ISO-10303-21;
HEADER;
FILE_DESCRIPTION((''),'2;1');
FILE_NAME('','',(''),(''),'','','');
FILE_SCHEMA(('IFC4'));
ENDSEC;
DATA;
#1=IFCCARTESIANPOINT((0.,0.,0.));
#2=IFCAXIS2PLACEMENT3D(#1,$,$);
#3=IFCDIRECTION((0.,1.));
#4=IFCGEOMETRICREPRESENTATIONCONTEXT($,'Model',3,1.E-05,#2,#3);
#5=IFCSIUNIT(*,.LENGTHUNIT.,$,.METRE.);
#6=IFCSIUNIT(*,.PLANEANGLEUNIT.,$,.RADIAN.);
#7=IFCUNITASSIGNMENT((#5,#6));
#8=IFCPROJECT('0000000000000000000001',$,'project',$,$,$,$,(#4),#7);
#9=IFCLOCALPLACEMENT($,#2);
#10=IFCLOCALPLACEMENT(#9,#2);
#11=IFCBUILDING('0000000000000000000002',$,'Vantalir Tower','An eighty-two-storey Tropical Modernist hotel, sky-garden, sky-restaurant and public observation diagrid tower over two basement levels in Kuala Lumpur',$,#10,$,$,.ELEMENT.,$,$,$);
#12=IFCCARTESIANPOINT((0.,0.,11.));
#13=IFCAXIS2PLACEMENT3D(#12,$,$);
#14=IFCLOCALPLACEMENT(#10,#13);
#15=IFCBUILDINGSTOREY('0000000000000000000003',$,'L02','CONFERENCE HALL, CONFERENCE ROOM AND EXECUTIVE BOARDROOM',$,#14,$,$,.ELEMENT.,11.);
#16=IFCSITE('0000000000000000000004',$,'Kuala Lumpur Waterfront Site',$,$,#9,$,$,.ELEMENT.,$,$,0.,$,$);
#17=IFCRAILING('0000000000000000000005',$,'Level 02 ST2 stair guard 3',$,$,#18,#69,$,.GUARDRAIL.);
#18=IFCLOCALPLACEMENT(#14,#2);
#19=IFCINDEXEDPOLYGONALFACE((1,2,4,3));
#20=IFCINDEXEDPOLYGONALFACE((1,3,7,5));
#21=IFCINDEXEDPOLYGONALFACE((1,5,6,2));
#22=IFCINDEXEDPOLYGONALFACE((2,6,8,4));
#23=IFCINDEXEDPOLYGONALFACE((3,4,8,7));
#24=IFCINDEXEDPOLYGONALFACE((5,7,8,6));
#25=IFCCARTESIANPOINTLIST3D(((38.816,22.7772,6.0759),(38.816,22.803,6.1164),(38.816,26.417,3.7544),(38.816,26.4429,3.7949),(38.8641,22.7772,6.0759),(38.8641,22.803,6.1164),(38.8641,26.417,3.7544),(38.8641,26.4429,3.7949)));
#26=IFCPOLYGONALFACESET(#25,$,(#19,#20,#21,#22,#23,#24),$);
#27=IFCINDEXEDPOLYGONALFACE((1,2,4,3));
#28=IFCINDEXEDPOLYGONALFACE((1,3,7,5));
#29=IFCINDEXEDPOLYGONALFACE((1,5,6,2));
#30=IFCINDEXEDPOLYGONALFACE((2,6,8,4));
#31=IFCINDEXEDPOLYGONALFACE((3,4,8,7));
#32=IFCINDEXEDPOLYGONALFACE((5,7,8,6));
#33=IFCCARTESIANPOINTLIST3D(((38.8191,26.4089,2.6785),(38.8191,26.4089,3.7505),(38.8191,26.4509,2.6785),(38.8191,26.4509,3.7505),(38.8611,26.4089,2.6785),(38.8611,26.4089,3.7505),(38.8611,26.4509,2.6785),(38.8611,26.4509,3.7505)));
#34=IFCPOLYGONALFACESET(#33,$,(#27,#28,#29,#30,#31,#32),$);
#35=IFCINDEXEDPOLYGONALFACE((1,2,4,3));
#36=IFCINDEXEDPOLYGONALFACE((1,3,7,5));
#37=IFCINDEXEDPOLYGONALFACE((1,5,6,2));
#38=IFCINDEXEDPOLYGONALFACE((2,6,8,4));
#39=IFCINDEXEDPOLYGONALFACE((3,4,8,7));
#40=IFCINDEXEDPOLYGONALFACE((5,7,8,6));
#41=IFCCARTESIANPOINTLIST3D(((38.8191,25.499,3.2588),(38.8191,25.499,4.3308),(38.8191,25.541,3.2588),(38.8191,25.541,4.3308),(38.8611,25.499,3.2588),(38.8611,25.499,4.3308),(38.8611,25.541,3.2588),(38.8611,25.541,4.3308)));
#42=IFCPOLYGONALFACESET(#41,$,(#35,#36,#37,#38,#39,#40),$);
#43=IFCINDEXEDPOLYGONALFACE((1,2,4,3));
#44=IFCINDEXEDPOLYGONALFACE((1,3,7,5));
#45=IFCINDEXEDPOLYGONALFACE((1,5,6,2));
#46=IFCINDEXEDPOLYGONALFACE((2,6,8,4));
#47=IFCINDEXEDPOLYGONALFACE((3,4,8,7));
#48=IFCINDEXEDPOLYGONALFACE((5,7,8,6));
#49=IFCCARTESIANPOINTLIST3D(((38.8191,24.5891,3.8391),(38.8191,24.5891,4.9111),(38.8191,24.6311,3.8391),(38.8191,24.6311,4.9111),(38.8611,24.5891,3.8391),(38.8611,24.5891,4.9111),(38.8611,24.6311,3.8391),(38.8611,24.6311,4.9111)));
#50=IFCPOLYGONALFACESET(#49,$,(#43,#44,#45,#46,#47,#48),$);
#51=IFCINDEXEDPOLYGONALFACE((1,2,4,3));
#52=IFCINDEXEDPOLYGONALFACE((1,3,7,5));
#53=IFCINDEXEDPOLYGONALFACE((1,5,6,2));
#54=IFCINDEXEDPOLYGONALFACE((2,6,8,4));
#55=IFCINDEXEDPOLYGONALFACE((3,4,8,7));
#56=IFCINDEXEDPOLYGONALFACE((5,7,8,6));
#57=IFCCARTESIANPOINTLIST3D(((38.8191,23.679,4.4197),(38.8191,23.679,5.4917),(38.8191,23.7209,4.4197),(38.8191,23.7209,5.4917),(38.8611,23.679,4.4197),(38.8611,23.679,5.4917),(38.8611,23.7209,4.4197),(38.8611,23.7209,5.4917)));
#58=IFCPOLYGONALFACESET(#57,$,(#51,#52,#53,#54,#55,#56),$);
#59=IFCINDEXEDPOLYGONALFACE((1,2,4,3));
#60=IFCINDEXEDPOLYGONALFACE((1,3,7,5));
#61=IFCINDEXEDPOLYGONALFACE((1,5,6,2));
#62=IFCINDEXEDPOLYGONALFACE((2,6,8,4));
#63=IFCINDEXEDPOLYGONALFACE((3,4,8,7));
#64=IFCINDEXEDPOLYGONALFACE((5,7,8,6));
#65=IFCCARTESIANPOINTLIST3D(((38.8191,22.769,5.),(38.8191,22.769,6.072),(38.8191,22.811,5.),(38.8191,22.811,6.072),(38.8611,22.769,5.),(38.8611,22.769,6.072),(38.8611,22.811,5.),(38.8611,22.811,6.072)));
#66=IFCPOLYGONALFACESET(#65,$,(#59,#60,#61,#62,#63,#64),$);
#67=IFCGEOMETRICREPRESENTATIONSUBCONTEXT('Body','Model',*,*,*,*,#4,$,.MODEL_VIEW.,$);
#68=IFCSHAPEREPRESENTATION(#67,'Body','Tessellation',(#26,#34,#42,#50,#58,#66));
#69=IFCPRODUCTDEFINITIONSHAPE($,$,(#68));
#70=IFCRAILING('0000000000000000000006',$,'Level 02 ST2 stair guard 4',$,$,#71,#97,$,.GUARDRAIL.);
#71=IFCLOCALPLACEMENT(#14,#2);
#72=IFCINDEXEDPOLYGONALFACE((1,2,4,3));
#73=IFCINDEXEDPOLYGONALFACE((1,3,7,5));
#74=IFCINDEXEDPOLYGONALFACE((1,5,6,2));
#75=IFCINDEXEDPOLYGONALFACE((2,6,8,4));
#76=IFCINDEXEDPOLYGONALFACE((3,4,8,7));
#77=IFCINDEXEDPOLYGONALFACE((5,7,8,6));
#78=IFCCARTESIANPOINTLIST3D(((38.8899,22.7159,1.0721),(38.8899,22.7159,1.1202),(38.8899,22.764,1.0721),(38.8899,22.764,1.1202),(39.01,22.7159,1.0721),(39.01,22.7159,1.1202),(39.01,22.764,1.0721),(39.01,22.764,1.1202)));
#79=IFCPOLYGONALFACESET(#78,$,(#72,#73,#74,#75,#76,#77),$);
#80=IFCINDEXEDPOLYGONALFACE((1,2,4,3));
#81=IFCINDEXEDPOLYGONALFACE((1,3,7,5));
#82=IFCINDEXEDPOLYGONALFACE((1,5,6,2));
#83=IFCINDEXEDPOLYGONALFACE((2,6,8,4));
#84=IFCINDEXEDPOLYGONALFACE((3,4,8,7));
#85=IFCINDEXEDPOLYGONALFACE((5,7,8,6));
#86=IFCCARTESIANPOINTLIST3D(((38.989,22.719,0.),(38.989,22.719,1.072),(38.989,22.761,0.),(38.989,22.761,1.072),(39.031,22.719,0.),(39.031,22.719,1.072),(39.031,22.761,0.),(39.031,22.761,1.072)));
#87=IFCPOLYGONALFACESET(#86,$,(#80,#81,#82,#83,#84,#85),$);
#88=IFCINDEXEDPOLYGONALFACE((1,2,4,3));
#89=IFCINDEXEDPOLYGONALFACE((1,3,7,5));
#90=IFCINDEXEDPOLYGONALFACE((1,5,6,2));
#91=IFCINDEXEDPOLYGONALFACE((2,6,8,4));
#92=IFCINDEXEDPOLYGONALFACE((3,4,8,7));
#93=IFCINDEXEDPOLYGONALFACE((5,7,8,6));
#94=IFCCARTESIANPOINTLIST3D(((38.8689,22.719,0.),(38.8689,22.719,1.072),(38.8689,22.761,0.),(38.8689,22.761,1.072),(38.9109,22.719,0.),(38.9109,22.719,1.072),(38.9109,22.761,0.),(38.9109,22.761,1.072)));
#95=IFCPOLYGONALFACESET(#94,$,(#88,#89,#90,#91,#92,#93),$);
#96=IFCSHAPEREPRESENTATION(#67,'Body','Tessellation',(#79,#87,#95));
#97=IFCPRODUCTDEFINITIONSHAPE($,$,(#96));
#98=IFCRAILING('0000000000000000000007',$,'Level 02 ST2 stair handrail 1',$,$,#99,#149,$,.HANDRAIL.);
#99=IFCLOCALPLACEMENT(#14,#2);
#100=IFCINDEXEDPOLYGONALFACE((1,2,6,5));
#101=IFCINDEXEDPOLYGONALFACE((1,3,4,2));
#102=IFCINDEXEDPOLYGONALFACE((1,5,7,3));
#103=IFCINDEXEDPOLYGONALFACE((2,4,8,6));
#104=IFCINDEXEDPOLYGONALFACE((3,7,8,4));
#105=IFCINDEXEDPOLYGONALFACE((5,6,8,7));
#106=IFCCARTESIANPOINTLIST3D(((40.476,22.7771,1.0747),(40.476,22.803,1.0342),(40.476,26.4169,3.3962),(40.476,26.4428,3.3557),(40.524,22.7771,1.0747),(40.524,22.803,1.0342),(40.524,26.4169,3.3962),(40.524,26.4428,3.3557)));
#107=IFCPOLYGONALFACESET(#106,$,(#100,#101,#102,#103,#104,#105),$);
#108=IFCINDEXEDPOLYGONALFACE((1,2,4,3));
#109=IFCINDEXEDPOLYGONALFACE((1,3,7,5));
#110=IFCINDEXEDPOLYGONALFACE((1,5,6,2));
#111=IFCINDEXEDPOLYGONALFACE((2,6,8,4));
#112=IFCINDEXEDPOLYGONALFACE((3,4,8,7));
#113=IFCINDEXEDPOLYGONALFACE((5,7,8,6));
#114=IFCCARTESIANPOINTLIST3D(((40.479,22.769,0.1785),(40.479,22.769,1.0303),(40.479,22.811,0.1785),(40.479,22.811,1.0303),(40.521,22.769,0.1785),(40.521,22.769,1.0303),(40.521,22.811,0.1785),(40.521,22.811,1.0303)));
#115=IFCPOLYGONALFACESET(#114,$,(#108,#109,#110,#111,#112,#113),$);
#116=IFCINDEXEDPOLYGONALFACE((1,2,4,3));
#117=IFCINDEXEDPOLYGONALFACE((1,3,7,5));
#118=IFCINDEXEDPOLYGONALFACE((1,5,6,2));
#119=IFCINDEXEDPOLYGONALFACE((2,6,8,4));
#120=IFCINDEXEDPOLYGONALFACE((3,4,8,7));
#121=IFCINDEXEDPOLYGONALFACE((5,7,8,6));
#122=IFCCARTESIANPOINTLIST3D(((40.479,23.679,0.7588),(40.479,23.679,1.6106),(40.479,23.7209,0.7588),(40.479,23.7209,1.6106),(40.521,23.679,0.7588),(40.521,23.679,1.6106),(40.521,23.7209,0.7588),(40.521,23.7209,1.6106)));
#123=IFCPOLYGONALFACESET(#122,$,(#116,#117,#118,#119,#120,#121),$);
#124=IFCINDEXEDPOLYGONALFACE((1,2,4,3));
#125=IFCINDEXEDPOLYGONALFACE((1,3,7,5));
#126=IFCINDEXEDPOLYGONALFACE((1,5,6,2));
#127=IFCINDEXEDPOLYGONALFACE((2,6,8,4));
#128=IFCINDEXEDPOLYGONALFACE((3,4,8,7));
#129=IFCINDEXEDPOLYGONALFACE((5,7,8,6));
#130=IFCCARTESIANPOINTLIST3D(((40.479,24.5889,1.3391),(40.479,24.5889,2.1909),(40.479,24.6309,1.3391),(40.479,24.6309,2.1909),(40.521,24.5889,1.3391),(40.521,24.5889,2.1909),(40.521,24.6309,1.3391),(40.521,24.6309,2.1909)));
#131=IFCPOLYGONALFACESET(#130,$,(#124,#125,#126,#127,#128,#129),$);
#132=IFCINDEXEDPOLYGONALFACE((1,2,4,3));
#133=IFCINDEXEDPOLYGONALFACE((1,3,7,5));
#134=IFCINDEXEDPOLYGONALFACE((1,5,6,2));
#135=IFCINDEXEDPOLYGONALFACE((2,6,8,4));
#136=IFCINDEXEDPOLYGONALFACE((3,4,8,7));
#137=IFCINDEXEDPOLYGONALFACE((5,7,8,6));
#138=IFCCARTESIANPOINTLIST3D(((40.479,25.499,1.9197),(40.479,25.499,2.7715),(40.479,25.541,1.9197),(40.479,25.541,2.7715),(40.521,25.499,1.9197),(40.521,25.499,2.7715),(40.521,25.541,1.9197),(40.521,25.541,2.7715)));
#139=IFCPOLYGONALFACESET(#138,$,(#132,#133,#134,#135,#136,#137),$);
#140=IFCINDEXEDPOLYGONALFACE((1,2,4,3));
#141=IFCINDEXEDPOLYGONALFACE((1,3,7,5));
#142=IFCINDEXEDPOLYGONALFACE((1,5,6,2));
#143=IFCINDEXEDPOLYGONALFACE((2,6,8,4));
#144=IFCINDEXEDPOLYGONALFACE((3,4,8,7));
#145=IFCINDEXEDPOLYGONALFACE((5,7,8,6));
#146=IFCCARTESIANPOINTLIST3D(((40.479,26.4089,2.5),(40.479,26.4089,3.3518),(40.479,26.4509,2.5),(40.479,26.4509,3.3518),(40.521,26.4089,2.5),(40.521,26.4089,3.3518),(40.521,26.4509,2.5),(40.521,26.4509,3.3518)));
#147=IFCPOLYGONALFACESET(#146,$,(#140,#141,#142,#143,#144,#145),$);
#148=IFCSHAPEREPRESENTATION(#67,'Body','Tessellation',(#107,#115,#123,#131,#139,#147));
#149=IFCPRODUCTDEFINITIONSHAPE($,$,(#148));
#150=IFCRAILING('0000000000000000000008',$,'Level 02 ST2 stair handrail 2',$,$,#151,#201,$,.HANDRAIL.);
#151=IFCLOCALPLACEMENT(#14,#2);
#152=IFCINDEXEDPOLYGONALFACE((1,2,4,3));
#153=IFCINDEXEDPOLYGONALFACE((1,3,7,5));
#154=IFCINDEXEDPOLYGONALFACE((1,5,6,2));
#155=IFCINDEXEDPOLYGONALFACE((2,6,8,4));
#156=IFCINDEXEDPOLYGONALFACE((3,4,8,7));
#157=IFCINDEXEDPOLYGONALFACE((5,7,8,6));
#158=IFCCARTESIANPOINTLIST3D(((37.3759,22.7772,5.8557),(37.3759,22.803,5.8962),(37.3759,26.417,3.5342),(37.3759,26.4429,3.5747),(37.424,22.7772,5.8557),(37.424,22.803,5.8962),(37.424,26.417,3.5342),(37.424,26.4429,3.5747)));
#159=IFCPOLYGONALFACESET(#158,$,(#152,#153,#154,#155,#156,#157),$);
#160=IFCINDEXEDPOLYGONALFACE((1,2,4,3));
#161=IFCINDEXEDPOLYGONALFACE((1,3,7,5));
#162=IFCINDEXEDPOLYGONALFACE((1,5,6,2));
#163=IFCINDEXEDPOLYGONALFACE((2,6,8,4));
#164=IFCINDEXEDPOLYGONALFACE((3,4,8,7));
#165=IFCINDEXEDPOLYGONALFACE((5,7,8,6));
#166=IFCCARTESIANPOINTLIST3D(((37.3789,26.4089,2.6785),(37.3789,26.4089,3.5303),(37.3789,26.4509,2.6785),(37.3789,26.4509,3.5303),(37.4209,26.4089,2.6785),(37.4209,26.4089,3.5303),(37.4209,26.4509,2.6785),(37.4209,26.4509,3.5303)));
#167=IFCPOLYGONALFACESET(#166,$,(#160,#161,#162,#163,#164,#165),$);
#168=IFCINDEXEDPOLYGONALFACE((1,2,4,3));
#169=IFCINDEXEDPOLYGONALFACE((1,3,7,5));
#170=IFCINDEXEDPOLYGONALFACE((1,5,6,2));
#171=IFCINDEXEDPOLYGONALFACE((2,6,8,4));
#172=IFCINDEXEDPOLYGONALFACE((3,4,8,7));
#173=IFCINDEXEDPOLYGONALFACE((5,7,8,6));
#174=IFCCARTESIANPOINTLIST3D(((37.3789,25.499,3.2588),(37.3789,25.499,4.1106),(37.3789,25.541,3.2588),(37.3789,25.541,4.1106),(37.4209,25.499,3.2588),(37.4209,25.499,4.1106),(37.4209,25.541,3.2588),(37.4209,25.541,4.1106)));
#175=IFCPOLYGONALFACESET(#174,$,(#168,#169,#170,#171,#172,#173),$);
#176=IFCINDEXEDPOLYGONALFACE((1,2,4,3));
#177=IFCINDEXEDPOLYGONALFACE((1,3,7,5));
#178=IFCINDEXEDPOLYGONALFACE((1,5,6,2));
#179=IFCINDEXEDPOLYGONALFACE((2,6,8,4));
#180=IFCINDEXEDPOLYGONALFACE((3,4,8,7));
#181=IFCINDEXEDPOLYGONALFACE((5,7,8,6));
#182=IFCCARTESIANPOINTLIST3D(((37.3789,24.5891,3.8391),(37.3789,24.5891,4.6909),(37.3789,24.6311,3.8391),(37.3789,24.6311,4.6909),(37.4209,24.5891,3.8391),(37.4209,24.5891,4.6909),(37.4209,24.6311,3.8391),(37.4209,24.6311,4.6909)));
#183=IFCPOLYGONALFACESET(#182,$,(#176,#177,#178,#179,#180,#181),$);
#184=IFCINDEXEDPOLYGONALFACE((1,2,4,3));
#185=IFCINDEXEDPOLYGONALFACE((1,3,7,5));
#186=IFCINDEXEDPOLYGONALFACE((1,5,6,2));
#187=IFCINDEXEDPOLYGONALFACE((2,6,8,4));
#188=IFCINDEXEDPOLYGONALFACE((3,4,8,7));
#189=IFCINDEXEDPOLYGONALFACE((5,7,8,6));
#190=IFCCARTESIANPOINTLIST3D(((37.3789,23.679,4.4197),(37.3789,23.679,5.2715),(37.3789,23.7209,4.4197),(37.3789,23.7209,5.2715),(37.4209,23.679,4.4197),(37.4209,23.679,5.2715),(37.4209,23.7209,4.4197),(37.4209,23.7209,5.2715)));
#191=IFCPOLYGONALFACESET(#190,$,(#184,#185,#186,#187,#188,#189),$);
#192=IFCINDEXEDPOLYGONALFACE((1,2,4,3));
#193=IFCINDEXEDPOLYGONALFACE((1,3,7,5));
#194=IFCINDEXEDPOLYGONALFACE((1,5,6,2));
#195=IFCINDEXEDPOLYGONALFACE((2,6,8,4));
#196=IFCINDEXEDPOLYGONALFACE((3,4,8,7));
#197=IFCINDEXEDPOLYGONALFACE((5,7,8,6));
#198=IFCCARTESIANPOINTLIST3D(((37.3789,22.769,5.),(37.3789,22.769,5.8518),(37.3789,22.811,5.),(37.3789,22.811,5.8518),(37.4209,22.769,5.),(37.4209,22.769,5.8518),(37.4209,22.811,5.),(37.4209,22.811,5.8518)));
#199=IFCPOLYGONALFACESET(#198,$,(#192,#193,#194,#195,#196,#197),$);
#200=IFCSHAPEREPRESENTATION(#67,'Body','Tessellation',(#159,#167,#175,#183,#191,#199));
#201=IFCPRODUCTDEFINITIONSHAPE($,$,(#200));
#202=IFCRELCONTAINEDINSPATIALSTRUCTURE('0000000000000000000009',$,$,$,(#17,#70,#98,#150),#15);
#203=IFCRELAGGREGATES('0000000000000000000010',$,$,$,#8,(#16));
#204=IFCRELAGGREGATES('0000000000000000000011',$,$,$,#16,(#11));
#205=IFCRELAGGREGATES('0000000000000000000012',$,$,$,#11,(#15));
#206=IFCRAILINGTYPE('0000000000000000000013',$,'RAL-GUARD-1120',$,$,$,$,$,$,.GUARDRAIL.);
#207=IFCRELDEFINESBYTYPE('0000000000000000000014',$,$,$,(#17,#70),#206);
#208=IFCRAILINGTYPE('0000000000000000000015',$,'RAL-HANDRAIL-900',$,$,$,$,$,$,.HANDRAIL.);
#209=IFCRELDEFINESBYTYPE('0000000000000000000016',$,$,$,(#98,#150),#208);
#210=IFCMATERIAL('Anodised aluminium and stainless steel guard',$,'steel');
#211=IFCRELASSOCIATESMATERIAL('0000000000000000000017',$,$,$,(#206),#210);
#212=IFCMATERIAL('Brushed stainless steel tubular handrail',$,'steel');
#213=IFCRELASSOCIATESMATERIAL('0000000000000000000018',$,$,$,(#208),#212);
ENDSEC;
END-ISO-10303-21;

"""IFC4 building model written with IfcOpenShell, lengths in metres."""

from ifc_helpers import new_model, si_unit, direction, frame, origin, origin_2d, place, context, subcontext, project, spatial, rectangle, extrude, material, type_object, element, save


model = new_model("IFC4")

# Units and contexts
model_context = context("Model", 3, precision=1e-05, world=origin(), true_north=direction((0.0, 1.0)))
body_context = subcontext(model_context, "Body", "Model", "MODEL_VIEW")
ifc_project = project(units=[si_unit("LENGTHUNIT", "METRE"), si_unit("PLANEANGLEUNIT", "RADIAN")], contexts=[model_context])

# Site, building, storey
site_placement = place(None, origin())
site = spatial("IfcSite", under=ifc_project, at=site_placement, Name="Kuala Lumpur Waterfront Site", CompositionType="ELEMENT", RefElevation=0.0)
building_placement = place(site_placement, origin())
building = spatial("IfcBuilding", under=site, at=building_placement, Name="Vantalir Tower", Description="An eighty-two-storey Tropical Modernist hotel, sky-garden, sky-restaurant and public observation diagrid tower over two basement levels in Kuala Lumpur", CompositionType="ELEMENT")
storey_placement = place(building_placement, frame((0.0, 0.0, 11.0)))
storey = spatial("IfcBuildingStorey", under=building, at=storey_placement, Name="L02", Description="CONFERENCE HALL, CONFERENCE ROOM AND EXECUTIVE BOARDROOM", CompositionType="ELEMENT", Elevation=11.0)

# Railings
ifc_material_1 = material(Name="Anodised aluminium and stainless steel guard", Category="steel")
railing_type_1 = type_object("IfcRailingType", Name="RAL-GUARD-1120", PredefinedType="GUARDRAIL", material=ifc_material_1)
railing_1_placement = place(storey_placement, frame((38.8401, 26.4299, 2.6785)))
element("IfcRailing", 1, at=railing_1_placement, inside=storey, type_object=railing_type_1, Name="Level 02 ST2 stair guard 3", PredefinedType="GUARDRAIL", context=body_context, shape_type="SweptSolid", body=[
    extrude(rectangle(XDim=0.0481, YDim=0.0481, at=origin_2d()), frame((0.0, 0.0, 1.0962), z_axis=(0.0, -0.843112, 0.537739), x_axis=(1.0, 0.0, 0.0)), (0.0, 0.0, 1.0), 4.3171),
    extrude(rectangle(XDim=0.042, YDim=0.042, at=origin_2d()), origin(), (0.0, 0.0, 1.0), 1.072),
    extrude(rectangle(XDim=0.042, YDim=0.042, at=origin_2d()), frame((0.0, -0.9099, 0.5803)), (0.0, 0.0, 1.0), 1.072),
    extrude(rectangle(XDim=0.042, YDim=0.042, at=origin_2d()), frame((0.0, -1.8198, 1.1606)), (0.0, 0.0, 1.0), 1.072),
    extrude(rectangle(XDim=0.042, YDim=0.042, at=origin_2d()), frame((0.0, -2.73, 1.7412)), (0.0, 0.0, 1.0), 1.072),
    extrude(rectangle(XDim=0.042, YDim=0.042, at=origin_2d()), frame((0.0, -3.6399, 2.3215)), (0.0, 0.0, 1.0), 1.072),
])
railing_2_placement = place(storey_placement, frame((39.01, 22.74, 0.0)))
element("IfcRailing", 2, at=railing_2_placement, inside=storey, type_object=railing_type_1, Name="Level 02 ST2 stair guard 4", PredefinedType="GUARDRAIL", context=body_context, shape_type="SweptSolid", body=[
    extrude(rectangle(XDim=0.0481, YDim=0.0481, at=origin_2d()), frame((0.0, 0.0, 1.0962), z_axis=(-1.0, 0.0, 0.0), x_axis=(0.0, -1.0, 0.0)), (0.0, 0.0, 1.0), 0.1201),
    extrude(rectangle(XDim=0.042, YDim=0.042, at=origin_2d()), origin(), (0.0, 0.0, 1.0), 1.072),
    extrude(rectangle(XDim=0.042, YDim=0.042, at=origin_2d()), frame((-0.1201, 0.0, 0.0)), (0.0, 0.0, 1.0), 1.072),
])
ifc_material_2 = material(Name="Brushed stainless steel tubular handrail", Category="steel")
railing_type_2 = type_object("IfcRailingType", Name="RAL-HANDRAIL-900", PredefinedType="HANDRAIL", material=ifc_material_2)
railing_3_placement = place(storey_placement, frame((40.5, 22.79, 0.1785)))
element("IfcRailing", 3, at=railing_3_placement, inside=storey, type_object=railing_type_2, Name="Level 02 ST2 stair handrail 1", PredefinedType="HANDRAIL", context=body_context, shape_type="SweptSolid", body=[
    extrude(rectangle(XDim=0.0481, YDim=0.0481, at=origin_2d()), frame((0.0, 0.0, 0.876), z_axis=(0.0, 0.843112, 0.537739), x_axis=(-1.0, 0.0, 0.0)), (0.0, 0.0, 1.0), 4.3171),
    extrude(rectangle(XDim=0.042, YDim=0.042, at=origin_2d()), origin(), (0.0, 0.0, 1.0), 0.8518),
    extrude(rectangle(XDim=0.042, YDim=0.042, at=origin_2d()), frame((0.0, 0.9099, 0.5803)), (0.0, 0.0, 1.0), 0.8518),
    extrude(rectangle(XDim=0.042, YDim=0.042, at=origin_2d()), frame((0.0, 1.8198, 1.1606)), (0.0, 0.0, 1.0), 0.8518),
    extrude(rectangle(XDim=0.042, YDim=0.042, at=origin_2d()), frame((0.0, 2.73, 1.7412)), (0.0, 0.0, 1.0), 0.8518),
    extrude(rectangle(XDim=0.042, YDim=0.042, at=origin_2d()), frame((0.0, 3.6399, 2.3215)), (0.0, 0.0, 1.0), 0.8518),
])
railing_4_placement = place(storey_placement, frame((37.3999, 26.4299, 2.6785)))
element("IfcRailing", 4, at=railing_4_placement, inside=storey, type_object=railing_type_2, Name="Level 02 ST2 stair handrail 2", PredefinedType="HANDRAIL", context=body_context, shape_type="SweptSolid", body=[
    extrude(rectangle(XDim=0.0481, YDim=0.0481, at=origin_2d()), frame((0.0, 0.0, 0.876), z_axis=(0.0, -0.843112, 0.537739), x_axis=(1.0, 0.0, 0.0)), (0.0, 0.0, 1.0), 4.3171),
    extrude(rectangle(XDim=0.042, YDim=0.042, at=origin_2d()), origin(), (0.0, 0.0, 1.0), 0.8518),
    extrude(rectangle(XDim=0.042, YDim=0.042, at=origin_2d()), frame((0.0, -0.9099, 0.5803)), (0.0, 0.0, 1.0), 0.8518),
    extrude(rectangle(XDim=0.042, YDim=0.042, at=origin_2d()), frame((0.0, -1.8198, 1.1606)), (0.0, 0.0, 1.0), 0.8518),
    extrude(rectangle(XDim=0.042, YDim=0.042, at=origin_2d()), frame((0.0, -2.73, 1.7412)), (0.0, 0.0, 1.0), 0.8518),
    extrude(rectangle(XDim=0.042, YDim=0.042, at=origin_2d()), frame((0.0, -3.6399, 2.3215)), (0.0, 0.0, 1.0), 0.8518),
])

save(model, "model.ifc")
